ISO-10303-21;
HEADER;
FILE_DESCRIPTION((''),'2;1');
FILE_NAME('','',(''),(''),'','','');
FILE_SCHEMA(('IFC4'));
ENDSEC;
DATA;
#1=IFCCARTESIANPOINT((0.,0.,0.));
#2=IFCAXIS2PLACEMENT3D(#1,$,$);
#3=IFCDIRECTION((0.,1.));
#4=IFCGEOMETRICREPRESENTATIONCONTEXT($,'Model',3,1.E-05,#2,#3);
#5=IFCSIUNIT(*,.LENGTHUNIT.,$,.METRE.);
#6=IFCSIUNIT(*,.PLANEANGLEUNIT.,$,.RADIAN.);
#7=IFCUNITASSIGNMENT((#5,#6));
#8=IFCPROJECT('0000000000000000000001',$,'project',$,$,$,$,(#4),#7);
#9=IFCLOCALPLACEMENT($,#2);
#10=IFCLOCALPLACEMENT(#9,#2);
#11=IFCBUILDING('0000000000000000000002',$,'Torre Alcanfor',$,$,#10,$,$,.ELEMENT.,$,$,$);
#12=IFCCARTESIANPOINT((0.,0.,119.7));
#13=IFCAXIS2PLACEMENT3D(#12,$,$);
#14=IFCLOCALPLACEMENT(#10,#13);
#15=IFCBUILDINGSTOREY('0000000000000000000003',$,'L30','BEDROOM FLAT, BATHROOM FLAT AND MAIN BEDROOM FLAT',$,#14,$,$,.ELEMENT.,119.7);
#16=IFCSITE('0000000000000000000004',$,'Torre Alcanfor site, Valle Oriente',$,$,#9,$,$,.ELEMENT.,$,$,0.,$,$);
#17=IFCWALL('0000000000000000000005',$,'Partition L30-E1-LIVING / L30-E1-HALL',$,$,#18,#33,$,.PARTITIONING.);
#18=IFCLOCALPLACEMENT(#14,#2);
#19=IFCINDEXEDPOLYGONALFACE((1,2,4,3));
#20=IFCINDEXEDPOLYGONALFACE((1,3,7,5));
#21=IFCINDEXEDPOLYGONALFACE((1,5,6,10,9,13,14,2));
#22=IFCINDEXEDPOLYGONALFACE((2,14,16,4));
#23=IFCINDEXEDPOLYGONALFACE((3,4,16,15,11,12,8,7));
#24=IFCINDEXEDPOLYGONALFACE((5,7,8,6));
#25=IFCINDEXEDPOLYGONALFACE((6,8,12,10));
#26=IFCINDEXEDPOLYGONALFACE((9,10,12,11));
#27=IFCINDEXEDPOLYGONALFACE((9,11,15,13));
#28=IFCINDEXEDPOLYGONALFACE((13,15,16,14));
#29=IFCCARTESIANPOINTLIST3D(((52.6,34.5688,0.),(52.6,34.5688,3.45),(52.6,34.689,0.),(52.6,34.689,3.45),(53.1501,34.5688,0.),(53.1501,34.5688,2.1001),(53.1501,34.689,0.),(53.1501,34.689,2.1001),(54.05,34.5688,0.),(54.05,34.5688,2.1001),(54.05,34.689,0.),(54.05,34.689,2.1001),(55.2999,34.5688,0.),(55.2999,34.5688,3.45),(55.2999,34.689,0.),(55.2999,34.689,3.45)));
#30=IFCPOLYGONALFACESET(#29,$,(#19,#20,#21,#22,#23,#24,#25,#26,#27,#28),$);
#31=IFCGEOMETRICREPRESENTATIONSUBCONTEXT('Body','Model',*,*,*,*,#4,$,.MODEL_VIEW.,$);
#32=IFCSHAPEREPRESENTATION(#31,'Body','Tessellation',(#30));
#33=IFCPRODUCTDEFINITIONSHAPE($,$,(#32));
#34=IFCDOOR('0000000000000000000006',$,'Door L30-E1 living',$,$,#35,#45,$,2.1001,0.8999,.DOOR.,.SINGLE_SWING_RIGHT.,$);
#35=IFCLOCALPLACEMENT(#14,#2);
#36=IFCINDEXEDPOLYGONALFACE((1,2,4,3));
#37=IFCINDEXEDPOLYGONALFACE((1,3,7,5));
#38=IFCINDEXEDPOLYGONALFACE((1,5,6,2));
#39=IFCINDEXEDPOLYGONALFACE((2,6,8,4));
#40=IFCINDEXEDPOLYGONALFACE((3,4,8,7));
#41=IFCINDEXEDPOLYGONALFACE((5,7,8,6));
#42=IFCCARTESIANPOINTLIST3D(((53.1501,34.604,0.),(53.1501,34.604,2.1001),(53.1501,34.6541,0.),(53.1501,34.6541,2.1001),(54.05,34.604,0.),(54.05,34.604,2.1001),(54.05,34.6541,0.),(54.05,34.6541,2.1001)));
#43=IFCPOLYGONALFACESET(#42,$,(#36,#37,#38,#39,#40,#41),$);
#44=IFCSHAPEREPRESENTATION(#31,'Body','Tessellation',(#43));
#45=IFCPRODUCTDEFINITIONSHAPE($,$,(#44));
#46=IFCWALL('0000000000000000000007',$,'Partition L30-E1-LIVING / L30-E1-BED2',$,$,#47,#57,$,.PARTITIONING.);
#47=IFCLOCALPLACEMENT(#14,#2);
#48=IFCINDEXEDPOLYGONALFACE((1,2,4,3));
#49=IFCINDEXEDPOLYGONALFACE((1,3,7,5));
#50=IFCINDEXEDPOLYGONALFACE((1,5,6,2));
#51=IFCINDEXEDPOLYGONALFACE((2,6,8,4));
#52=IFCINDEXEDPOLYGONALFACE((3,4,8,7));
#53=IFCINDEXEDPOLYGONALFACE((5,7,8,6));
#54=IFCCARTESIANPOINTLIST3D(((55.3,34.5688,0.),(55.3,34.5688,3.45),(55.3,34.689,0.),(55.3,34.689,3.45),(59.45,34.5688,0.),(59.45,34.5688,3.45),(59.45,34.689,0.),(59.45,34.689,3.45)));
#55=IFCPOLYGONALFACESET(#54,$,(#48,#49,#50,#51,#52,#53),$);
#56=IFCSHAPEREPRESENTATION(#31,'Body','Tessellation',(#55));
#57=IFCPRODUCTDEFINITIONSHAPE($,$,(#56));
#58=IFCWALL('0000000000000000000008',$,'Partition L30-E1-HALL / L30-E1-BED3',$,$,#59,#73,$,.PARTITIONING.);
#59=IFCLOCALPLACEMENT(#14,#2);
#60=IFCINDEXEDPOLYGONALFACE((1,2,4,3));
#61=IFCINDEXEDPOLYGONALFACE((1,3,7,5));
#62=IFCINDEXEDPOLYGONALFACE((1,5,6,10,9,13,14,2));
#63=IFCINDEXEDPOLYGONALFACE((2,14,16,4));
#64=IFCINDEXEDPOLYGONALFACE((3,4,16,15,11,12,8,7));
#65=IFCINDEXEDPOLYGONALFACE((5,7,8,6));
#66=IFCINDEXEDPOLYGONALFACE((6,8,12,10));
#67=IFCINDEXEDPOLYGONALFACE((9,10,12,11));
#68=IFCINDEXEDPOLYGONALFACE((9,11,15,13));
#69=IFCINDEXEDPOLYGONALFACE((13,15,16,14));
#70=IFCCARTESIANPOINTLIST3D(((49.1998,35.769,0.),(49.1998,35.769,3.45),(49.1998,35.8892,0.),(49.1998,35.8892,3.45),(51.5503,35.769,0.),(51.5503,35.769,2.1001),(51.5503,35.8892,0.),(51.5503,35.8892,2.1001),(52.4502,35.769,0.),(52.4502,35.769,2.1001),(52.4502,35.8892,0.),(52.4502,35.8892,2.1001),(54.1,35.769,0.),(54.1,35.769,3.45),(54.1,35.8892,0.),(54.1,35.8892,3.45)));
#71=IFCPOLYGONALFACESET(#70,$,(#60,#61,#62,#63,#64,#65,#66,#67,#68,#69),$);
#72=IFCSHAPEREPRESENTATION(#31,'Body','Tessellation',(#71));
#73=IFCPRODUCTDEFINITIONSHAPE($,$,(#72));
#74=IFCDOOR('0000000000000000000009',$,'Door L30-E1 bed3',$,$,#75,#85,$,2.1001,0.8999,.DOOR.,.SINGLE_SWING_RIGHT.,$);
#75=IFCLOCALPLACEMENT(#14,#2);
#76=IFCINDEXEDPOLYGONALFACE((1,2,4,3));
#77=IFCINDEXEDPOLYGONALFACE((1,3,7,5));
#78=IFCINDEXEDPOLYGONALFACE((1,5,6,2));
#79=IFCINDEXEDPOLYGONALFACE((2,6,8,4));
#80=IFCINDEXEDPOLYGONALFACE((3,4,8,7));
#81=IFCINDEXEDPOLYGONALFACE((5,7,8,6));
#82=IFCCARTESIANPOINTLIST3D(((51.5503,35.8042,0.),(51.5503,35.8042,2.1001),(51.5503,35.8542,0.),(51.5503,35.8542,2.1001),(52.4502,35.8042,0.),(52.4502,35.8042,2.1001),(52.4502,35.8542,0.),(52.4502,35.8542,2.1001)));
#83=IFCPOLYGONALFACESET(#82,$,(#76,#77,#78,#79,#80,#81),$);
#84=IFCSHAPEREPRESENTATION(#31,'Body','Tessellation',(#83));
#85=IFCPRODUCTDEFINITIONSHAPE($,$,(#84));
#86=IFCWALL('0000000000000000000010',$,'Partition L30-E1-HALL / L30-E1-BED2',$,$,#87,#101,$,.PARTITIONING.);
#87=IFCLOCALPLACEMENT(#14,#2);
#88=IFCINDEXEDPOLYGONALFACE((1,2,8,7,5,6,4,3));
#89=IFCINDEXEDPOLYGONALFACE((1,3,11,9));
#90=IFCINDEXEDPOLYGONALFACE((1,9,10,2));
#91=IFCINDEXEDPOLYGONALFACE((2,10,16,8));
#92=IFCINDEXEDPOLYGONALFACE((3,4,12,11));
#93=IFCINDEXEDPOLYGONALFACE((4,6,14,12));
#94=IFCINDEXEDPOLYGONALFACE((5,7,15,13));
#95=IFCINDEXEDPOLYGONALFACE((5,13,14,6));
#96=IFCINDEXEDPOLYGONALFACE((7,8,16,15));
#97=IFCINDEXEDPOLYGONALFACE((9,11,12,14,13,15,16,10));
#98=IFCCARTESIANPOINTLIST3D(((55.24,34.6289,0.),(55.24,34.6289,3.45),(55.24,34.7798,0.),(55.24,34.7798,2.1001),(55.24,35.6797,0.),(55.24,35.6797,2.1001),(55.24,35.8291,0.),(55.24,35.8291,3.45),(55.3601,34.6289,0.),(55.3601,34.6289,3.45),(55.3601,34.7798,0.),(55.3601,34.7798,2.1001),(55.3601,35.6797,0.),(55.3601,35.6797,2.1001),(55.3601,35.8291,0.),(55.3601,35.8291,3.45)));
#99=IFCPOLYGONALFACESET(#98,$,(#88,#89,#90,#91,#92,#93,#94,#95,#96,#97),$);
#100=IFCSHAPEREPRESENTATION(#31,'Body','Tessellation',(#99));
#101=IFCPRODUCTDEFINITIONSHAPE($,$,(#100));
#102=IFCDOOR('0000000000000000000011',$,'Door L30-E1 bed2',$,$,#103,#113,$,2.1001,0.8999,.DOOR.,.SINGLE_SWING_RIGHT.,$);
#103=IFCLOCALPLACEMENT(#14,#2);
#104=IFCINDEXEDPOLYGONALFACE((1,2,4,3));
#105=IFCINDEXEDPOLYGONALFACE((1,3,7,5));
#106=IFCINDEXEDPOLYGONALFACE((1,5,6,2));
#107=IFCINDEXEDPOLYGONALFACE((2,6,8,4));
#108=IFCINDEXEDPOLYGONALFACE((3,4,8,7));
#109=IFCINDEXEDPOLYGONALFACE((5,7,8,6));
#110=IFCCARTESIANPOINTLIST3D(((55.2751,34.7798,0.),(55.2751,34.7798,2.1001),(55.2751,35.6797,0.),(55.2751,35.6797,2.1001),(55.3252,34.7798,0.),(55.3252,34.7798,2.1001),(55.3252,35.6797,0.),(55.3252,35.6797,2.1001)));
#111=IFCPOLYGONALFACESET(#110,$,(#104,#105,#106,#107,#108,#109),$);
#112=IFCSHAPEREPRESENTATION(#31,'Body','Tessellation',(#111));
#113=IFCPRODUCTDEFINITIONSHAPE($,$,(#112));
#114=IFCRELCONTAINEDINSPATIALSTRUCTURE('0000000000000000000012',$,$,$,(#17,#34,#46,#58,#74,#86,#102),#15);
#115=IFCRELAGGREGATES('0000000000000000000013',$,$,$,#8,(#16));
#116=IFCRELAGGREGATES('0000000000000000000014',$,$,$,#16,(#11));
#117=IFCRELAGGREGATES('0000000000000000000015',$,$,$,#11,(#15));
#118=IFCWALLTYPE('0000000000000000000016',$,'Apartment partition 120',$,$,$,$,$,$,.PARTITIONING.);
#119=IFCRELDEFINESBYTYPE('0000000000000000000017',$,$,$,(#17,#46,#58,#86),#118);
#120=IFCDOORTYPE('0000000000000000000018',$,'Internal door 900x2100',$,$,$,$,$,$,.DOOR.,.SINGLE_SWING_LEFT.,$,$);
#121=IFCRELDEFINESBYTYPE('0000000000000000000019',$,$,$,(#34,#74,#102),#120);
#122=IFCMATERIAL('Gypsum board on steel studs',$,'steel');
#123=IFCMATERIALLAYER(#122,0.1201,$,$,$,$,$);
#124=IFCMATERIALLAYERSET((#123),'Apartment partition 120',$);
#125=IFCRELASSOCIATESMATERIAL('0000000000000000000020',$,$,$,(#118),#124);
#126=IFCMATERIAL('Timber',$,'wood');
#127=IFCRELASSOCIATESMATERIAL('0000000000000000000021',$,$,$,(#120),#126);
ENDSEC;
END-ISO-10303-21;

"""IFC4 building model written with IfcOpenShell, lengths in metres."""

from ifc_helpers import new_model, si_unit, direction, frame, frame_2d, origin, place, context, subcontext, project, spatial, rectangle, extrude, material, layer, layer_set, type_object, element, fill, save


model = new_model("IFC4")

# Units and contexts
model_context = context("Model", 3, precision=1e-05, world=origin(), true_north=direction((0.0, 1.0)))
body_context = subcontext(model_context, "Body", "Model", "MODEL_VIEW")
ifc_project = project(units=[si_unit("LENGTHUNIT", "METRE"), si_unit("PLANEANGLEUNIT", "RADIAN")], contexts=[model_context])

# Site, building, storey
site_placement = place(None, origin())
site = spatial("IfcSite", under=ifc_project, at=site_placement, Name="Torre Alcanfor site, Valle Oriente", CompositionType="ELEMENT", RefElevation=0.0)
building_placement = place(site_placement, origin())
building = spatial("IfcBuilding", under=site, at=building_placement, Name="Torre Alcanfor", CompositionType="ELEMENT")
storey_placement = place(building_placement, frame((0.0, 0.0, 119.7)))
storey = spatial("IfcBuildingStorey", under=building, at=storey_placement, Name="L30", Description="BEDROOM FLAT, BATHROOM FLAT AND MAIN BEDROOM FLAT", CompositionType="ELEMENT", Elevation=119.7)

# Shared definitions
ifc_material_1 = material(Name="Gypsum board on steel studs", Category="steel")
ifc_layer_1 = layer(ifc_material_1, 0.1201)
ifc_layer_set_1 = layer_set([ifc_layer_1], Name="Apartment partition 120")
wall_type = type_object("IfcWallType", Name="Apartment partition 120", PredefinedType="PARTITIONING", material=ifc_layer_set_1)

# Wall, opening, door
wall_1_placement = place(storey_placement, frame((55.3, 34.6289, 0.0), z_axis=(0.0, 0.0, 1.0), x_axis=(-1.0, 0.0, 0.0)))
wall_1 = element("IfcWall", 1, at=wall_1_placement, inside=storey, type_object=wall_type, Name="Partition L30-E1-LIVING / L30-E1-HALL", PredefinedType="PARTITIONING", context=body_context, shape_type="SweptSolid", body=[
    extrude(rectangle(XDim=2.7, YDim=0.1201, at=frame_2d((1.3501, 0.0))), origin(), (0.0, 0.0, 1.0), 3.45),
])
opening_1_placement = place(wall_1_placement, frame((1.25, 0.0, 0.0)))
opening_1 = element("IfcOpeningElement", 2, at=opening_1_placement, cuts=wall_1, PredefinedType="OPENING", context=body_context, shape_type="SweptSolid", body=[
    extrude(rectangle(XDim=0.8999, YDim=2.1001, at=frame_2d((0.45, 1.05))), frame((0.0, 0.0701, 0.0), z_axis=(0.0, -1.0, 0.0), x_axis=(1.0, 0.0, 0.0)), (0.0, 0.0, 1.0), 0.1401),
])
ifc_material_2 = material(Name="Timber", Category="wood")
door_type = type_object("IfcDoorType", Name="Internal door 900x2100", OperationType="SINGLE_SWING_LEFT", PredefinedType="DOOR", material=ifc_material_2)
door_1_placement = place(opening_1_placement, origin())
door_1 = element("IfcDoor", 3, at=door_1_placement, inside=storey, type_object=door_type, Name="Door L30-E1 living", OperationType="SINGLE_SWING_RIGHT", OverallHeight=2.1001, OverallWidth=0.8999, PredefinedType="DOOR", context=body_context, shape_type="SweptSolid", body=[
    extrude(rectangle(XDim=0.8999, YDim=2.1001, at=frame_2d((0.45, 1.05))), frame((0.0, 0.0249, 0.0), z_axis=(0.0, -1.0, 0.0), x_axis=(1.0, 0.0, 0.0)), (0.0, 0.0, 1.0), 0.05),
])
fill(opening_1, door_1)

# Wall
wall_2_placement = place(storey_placement, frame((59.45, 34.6289, 0.0), z_axis=(0.0, 0.0, 1.0), x_axis=(-1.0, 0.0, 0.0)))
element("IfcWall", 4, at=wall_2_placement, inside=storey, type_object=wall_type, Name="Partition L30-E1-LIVING / L30-E1-BED2", PredefinedType="PARTITIONING", context=body_context, shape_type="SweptSolid", body=[
    extrude(rectangle(XDim=4.1499, YDim=0.1201, at=frame_2d((2.075, 0.0))), origin(), (0.0, 0.0, 1.0), 3.45),
])

# Walls, openings, doors
wall_3_placement = place(storey_placement, frame((54.1001, 35.8291, 0.0), z_axis=(0.0, 0.0, 1.0), x_axis=(-1.0, 0.0, 0.0)))
wall_3 = element("IfcWall", 5, at=wall_3_placement, inside=storey, type_object=wall_type, Name="Partition L30-E1-HALL / L30-E1-BED3", PredefinedType="PARTITIONING", context=body_context, shape_type="SweptSolid", body=[
    extrude(rectangle(XDim=4.9001, YDim=0.1201, at=frame_2d((2.4502, 0.0))), origin(), (0.0, 0.0, 1.0), 3.45),
])
opening_2_placement = place(wall_3_placement, frame((1.6499, 0.0, 0.0)))
opening_2 = element("IfcOpeningElement", 6, at=opening_2_placement, cuts=wall_3, PredefinedType="OPENING", context=body_context, shape_type="SweptSolid", body=[
    extrude(rectangle(XDim=0.8999, YDim=2.1001, at=frame_2d((0.45, 1.05))), frame((0.0, 0.0701, 0.0), z_axis=(0.0, -1.0, 0.0), x_axis=(1.0, 0.0, 0.0)), (0.0, 0.0, 1.0), 0.1401),
])
door_2_placement = place(opening_2_placement, frame((0.8999, 0.0, 0.0), z_axis=(0.0, 0.0, 1.0), x_axis=(-1.0, 0.0, 0.0)))
door_2 = element("IfcDoor", 7, at=door_2_placement, inside=storey, type_object=door_type, Name="Door L30-E1 bed3", OperationType="SINGLE_SWING_RIGHT", OverallHeight=2.1001, OverallWidth=0.8999, PredefinedType="DOOR", context=body_context, shape_type="SweptSolid", body=[
    extrude(rectangle(XDim=0.8999, YDim=2.1001, at=frame_2d((0.45, 1.05))), frame((0.0, 0.0251, 0.0), z_axis=(0.0, -1.0, 0.0), x_axis=(1.0, 0.0, 0.0)), (0.0, 0.0, 1.0), 0.05),
])
fill(opening_2, door_2)
wall_4_placement = place(storey_placement, frame((55.3, 34.6289, 0.0), z_axis=(0.0, 0.0, 1.0), x_axis=(0.0, 1.0, 0.0)))
wall_4 = element("IfcWall", 8, at=wall_4_placement, inside=storey, type_object=wall_type, Name="Partition L30-E1-HALL / L30-E1-BED2", PredefinedType="PARTITIONING", context=body_context, shape_type="SweptSolid", body=[
    extrude(rectangle(XDim=1.2002, YDim=0.1201, at=frame_2d((0.6001, 0.0))), origin(), (0.0, 0.0, 1.0), 3.45),
])
opening_3_placement = place(wall_4_placement, frame((0.1509, 0.0, 0.0)))
opening_3 = element("IfcOpeningElement", 9, at=opening_3_placement, cuts=wall_4, PredefinedType="OPENING", context=body_context, shape_type="SweptSolid", body=[
    extrude(rectangle(XDim=0.8999, YDim=2.1001, at=frame_2d((0.45, 1.05))), frame((0.0, 0.0701, 0.0), z_axis=(0.0, -1.0, 0.0), x_axis=(1.0, 0.0, 0.0)), (0.0, 0.0, 1.0), 0.1401),
])
door_3_placement = place(opening_3_placement, frame((0.8999, 0.0, 0.0), z_axis=(0.0, 0.0, 1.0), x_axis=(-1.0, 0.0, 0.0)))
door_3 = element("IfcDoor", 10, at=door_3_placement, inside=storey, type_object=door_type, Name="Door L30-E1 bed2", OperationType="SINGLE_SWING_RIGHT", OverallHeight=2.1001, OverallWidth=0.8999, PredefinedType="DOOR", context=body_context, shape_type="SweptSolid", body=[
    extrude(rectangle(XDim=0.8999, YDim=2.1001, at=frame_2d((0.45, 1.05))), frame((0.0, 0.0251, 0.0), z_axis=(0.0, -1.0, 0.0), x_axis=(1.0, 0.0, 0.0)), (0.0, 0.0, 1.0), 0.05),
])
fill(opening_3, door_3)

save(model, "model.ifc")
